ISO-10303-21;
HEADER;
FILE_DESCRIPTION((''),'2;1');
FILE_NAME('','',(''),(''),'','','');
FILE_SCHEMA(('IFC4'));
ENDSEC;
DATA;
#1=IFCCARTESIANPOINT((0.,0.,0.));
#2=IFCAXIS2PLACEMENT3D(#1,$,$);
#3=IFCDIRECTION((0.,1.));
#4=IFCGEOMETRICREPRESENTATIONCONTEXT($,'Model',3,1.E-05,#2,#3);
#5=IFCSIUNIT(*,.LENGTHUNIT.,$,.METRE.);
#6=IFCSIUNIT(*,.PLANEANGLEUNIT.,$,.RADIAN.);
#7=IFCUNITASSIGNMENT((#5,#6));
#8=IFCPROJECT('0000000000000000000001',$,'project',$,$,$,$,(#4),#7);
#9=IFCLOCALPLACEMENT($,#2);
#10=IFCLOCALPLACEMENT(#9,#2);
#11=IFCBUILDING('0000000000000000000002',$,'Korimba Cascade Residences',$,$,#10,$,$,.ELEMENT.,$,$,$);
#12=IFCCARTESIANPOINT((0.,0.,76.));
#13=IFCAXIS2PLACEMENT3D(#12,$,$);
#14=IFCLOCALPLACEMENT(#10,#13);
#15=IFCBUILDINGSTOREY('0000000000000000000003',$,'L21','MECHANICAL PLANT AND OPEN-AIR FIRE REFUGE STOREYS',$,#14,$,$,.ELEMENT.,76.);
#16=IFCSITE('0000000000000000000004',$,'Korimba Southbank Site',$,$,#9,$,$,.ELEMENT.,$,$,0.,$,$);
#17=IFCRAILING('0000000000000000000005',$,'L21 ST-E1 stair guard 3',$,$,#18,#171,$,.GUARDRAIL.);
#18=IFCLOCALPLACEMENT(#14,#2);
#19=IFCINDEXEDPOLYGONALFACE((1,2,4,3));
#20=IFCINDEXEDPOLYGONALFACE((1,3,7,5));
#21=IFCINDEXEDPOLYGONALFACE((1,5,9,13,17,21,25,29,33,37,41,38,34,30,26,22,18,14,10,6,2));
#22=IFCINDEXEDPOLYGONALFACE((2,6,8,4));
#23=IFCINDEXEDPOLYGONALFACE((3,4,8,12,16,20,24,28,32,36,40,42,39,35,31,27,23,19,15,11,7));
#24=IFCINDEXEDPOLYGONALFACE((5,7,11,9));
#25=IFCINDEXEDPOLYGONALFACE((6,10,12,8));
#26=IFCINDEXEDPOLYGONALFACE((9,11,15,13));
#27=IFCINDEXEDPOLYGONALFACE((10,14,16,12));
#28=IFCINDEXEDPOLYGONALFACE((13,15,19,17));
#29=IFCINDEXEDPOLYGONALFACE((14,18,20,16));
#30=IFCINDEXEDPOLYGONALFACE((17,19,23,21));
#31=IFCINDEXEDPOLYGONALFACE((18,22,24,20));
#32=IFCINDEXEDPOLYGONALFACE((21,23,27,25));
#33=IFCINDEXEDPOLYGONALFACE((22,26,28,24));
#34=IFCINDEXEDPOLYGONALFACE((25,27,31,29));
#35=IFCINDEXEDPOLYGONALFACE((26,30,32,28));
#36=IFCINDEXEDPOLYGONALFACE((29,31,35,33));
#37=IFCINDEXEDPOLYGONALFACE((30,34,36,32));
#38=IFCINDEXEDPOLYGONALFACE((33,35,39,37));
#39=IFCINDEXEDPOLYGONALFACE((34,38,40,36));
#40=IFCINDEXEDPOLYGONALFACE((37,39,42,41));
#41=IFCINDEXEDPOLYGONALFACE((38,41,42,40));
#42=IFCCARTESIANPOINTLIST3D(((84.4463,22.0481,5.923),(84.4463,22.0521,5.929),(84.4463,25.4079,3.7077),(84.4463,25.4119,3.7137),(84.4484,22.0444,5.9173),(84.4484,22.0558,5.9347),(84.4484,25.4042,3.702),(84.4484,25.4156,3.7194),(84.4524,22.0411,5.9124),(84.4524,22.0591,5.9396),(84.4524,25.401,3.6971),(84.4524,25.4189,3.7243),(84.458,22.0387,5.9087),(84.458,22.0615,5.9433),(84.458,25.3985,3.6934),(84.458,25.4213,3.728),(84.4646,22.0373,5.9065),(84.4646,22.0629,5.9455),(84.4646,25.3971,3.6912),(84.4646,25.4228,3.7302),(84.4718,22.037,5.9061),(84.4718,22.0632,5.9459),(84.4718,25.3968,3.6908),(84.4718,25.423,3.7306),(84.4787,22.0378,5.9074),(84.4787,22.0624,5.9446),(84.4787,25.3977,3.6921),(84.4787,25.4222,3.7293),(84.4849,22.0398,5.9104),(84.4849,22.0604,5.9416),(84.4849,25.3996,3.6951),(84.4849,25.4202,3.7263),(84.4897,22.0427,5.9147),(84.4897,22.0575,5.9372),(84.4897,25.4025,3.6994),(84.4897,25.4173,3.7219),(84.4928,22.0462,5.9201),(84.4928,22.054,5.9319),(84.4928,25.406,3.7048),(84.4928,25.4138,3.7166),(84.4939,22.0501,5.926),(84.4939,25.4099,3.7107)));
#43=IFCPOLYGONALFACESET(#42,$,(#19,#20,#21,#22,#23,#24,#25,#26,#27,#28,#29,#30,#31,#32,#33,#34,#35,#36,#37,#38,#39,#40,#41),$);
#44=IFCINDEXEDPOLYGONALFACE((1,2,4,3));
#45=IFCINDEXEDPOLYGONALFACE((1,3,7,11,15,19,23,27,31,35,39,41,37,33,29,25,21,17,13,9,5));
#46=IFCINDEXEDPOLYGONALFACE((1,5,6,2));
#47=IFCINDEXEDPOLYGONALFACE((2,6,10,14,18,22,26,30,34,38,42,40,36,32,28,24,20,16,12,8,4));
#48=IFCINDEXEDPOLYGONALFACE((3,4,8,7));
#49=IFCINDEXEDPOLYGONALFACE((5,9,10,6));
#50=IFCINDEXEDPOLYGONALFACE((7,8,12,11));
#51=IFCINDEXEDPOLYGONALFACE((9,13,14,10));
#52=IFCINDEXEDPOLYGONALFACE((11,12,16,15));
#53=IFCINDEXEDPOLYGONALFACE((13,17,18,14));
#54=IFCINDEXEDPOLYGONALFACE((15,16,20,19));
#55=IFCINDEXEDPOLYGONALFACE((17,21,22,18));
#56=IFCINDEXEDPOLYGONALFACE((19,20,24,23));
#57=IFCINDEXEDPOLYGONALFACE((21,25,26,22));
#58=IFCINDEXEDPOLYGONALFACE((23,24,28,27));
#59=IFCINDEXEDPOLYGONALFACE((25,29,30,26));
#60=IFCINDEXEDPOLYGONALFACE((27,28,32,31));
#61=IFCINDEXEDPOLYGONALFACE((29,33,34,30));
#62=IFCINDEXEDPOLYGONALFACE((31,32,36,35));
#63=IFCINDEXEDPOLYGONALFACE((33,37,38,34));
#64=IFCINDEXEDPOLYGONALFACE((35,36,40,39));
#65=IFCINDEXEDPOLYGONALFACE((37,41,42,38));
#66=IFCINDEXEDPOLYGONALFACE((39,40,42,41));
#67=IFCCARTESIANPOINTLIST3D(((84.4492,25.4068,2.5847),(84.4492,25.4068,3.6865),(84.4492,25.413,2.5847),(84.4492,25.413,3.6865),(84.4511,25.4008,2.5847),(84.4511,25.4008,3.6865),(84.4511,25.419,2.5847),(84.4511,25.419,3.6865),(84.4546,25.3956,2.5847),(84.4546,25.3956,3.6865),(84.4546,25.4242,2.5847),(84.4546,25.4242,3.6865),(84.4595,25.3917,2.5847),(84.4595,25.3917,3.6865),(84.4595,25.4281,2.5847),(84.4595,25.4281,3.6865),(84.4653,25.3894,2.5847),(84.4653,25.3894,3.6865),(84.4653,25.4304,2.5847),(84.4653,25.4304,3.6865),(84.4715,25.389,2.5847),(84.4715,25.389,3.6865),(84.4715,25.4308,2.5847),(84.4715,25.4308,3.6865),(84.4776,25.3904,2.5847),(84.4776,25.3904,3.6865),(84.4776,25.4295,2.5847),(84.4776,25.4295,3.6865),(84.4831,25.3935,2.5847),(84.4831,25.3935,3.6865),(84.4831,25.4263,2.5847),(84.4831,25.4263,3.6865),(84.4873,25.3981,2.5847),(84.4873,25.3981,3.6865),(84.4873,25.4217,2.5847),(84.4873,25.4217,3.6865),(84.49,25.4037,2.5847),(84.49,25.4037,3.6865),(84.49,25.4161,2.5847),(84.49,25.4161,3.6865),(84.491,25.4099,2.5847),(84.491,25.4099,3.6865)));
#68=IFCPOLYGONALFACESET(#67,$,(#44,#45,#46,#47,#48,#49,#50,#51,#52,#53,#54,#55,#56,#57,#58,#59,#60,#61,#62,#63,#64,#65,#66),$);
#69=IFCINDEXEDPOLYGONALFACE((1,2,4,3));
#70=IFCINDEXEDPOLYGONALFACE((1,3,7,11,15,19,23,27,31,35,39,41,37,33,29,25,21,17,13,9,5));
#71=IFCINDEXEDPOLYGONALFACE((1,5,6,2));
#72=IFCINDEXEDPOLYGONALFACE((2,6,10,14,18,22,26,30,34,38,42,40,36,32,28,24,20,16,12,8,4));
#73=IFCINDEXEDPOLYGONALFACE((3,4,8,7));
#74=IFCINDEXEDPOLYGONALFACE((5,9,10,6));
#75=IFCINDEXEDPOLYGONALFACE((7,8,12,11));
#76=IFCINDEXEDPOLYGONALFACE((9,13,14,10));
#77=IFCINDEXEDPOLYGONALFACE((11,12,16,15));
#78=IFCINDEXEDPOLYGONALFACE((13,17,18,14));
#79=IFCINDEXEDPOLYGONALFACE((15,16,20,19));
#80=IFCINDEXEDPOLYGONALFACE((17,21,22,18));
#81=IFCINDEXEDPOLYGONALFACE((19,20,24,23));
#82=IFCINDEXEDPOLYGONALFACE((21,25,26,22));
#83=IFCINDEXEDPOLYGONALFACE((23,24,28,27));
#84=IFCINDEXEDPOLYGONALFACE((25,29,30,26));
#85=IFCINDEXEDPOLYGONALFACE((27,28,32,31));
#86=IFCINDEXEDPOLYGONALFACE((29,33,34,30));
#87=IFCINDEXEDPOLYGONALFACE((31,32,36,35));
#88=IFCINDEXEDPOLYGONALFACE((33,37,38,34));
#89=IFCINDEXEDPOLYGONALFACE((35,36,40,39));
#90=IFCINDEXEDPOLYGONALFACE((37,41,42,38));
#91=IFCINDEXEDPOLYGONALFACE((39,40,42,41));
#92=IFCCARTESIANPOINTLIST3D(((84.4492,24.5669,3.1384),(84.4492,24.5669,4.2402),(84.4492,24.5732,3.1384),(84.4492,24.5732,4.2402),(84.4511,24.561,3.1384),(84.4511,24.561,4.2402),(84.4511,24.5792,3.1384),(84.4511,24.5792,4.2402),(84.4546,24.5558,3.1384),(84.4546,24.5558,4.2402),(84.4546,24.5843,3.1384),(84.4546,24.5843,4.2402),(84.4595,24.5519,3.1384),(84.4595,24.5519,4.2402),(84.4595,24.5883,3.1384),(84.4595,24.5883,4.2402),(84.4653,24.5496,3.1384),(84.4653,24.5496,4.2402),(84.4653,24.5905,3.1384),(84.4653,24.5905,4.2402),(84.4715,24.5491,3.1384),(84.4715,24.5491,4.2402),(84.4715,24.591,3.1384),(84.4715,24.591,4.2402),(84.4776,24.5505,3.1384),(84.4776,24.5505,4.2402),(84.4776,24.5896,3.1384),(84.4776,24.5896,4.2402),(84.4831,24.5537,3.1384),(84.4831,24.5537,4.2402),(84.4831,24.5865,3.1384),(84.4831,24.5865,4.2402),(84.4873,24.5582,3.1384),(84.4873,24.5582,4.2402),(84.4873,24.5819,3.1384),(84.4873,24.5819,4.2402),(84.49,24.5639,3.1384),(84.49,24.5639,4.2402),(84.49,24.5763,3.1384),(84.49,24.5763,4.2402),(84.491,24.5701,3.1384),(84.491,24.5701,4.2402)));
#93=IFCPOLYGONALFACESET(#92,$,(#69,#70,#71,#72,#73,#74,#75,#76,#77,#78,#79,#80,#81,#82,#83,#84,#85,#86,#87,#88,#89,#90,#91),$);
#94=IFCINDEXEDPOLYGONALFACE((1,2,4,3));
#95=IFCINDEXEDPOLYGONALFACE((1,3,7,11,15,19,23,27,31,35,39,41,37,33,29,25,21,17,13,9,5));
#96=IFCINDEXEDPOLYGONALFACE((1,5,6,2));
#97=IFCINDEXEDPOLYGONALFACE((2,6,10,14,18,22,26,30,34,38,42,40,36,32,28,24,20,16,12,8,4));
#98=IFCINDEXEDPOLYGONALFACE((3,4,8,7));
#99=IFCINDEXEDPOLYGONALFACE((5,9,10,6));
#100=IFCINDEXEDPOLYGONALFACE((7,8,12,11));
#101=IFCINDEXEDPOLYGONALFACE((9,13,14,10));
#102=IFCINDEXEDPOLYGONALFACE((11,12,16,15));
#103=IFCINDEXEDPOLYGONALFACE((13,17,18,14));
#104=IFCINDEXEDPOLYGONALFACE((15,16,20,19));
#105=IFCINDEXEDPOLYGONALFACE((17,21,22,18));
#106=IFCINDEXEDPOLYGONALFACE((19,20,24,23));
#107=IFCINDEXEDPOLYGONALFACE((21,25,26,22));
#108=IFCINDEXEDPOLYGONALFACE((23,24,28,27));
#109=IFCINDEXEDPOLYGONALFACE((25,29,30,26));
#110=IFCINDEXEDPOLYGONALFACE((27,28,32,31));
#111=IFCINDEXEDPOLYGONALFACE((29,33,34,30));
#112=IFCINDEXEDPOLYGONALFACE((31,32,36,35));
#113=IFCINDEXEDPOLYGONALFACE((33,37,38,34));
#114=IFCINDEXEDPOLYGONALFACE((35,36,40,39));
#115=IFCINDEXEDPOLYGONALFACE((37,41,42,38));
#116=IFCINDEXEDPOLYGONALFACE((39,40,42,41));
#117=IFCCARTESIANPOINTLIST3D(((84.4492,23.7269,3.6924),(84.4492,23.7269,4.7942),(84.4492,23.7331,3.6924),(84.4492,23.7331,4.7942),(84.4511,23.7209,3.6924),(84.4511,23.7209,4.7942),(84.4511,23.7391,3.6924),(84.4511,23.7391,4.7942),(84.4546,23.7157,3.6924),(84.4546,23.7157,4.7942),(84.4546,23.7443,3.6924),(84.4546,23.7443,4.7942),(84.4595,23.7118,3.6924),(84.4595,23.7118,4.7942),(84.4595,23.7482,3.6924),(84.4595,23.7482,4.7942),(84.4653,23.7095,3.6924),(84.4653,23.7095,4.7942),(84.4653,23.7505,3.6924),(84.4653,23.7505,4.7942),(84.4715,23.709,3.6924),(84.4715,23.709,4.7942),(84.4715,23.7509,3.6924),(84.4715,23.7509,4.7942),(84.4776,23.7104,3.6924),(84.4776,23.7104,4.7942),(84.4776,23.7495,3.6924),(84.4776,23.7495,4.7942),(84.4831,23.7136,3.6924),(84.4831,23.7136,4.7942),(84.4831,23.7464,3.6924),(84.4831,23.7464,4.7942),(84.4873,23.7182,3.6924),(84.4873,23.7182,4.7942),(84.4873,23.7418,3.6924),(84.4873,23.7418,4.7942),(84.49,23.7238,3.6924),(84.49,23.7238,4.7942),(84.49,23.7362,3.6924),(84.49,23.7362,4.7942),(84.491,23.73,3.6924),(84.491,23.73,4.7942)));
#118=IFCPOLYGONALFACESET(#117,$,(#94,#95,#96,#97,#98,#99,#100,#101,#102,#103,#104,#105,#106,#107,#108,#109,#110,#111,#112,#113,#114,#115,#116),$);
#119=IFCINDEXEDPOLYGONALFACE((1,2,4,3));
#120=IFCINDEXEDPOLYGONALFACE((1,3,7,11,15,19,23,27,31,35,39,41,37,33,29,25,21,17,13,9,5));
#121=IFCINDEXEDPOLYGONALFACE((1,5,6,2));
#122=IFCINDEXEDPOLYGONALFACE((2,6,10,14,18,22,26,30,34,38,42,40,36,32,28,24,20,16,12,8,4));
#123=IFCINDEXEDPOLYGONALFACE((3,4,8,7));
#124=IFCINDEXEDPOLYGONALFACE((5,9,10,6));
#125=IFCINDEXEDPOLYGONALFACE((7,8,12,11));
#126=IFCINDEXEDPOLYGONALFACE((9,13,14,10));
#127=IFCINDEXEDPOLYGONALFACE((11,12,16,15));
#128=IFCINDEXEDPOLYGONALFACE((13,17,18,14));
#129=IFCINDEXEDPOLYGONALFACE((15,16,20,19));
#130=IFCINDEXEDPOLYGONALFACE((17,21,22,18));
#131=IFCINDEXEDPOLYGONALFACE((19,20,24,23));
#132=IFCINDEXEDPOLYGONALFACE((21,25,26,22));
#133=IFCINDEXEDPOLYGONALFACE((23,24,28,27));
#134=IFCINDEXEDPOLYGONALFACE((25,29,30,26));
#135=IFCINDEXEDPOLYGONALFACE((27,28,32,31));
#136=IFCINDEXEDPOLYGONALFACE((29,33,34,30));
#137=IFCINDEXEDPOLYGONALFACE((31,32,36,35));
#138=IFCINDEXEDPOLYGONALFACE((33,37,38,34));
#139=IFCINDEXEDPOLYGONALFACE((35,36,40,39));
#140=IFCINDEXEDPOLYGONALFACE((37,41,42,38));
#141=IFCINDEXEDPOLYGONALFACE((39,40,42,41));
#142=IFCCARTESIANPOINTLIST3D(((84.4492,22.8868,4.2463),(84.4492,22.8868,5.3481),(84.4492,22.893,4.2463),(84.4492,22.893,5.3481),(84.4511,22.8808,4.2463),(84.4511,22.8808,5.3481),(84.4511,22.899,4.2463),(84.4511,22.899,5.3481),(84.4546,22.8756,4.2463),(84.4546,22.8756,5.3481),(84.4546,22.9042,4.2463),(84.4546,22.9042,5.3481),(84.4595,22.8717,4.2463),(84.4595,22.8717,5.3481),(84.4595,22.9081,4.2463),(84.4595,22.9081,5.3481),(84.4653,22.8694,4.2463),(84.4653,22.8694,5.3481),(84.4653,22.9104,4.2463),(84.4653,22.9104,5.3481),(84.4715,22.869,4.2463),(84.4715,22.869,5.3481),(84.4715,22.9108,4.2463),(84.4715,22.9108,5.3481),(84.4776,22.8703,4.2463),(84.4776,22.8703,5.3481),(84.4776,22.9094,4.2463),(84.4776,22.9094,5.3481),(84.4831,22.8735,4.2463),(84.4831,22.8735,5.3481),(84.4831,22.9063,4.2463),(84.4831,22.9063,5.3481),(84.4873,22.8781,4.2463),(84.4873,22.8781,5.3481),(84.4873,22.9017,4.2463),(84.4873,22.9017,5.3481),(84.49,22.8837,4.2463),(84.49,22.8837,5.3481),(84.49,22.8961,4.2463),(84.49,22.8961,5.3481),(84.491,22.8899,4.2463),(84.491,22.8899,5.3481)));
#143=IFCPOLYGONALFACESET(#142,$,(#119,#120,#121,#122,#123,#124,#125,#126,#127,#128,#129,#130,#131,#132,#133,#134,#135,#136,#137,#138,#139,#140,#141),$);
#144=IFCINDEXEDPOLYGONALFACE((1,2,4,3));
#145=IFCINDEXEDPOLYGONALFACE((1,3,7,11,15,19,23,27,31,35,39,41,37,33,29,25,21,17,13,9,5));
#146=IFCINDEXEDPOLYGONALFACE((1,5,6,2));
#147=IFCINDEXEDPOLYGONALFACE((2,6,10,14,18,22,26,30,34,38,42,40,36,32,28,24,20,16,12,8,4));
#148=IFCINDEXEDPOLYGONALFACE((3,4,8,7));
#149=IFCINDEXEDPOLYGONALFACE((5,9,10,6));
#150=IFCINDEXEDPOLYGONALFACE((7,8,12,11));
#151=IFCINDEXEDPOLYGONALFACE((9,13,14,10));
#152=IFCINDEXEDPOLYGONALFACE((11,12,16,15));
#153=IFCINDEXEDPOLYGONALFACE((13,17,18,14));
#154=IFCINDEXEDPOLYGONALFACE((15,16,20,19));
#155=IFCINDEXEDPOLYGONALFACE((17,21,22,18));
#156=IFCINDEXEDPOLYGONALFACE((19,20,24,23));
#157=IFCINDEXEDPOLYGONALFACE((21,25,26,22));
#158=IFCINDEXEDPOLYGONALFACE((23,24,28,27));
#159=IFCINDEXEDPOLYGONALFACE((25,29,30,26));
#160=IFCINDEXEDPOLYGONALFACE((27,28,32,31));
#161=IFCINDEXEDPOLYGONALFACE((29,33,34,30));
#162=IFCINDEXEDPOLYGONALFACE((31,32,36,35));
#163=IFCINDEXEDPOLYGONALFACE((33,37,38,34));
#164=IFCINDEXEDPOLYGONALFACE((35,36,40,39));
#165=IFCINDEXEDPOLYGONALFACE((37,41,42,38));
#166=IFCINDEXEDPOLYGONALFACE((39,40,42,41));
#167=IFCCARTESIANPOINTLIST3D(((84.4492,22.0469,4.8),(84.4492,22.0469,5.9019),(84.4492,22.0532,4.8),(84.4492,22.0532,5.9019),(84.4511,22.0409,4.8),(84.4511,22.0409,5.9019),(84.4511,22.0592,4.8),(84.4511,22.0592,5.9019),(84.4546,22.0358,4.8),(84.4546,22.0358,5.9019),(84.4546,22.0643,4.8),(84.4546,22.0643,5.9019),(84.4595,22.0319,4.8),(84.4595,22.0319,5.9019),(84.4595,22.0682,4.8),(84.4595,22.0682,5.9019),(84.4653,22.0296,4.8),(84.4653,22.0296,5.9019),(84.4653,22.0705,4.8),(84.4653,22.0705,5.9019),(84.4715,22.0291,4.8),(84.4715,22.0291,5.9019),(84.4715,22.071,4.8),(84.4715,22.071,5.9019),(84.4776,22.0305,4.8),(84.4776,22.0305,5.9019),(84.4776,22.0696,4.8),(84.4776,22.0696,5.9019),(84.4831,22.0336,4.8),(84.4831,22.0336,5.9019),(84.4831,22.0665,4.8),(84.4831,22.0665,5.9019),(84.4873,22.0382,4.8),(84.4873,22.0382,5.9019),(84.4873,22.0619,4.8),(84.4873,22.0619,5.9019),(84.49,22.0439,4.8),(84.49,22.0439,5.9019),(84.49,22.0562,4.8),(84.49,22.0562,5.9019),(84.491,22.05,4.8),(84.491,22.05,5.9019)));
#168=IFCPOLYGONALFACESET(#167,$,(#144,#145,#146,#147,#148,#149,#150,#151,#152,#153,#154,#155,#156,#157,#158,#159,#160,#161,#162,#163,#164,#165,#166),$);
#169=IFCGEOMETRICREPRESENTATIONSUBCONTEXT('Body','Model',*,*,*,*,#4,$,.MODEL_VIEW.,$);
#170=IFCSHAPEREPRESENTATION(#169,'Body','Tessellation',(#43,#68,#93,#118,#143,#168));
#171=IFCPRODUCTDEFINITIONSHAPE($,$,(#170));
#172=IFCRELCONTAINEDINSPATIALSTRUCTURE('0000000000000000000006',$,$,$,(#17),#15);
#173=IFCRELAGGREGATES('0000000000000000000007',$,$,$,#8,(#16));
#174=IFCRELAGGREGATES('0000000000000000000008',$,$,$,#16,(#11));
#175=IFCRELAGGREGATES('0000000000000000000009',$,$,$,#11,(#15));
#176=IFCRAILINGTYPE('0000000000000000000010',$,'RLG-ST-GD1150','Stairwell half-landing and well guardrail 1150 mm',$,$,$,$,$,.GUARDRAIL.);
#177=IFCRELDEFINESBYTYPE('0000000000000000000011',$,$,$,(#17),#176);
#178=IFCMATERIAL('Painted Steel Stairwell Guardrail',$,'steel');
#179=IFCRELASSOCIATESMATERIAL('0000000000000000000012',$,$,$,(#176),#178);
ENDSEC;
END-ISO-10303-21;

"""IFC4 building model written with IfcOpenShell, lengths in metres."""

from ifc_helpers import new_model, si_unit, direction, frame, origin, origin_2d, place, context, subcontext, project, spatial, circle, extrude, material, type_object, element, save


model = new_model("IFC4")

# Units and contexts
model_context = context("Model", 3, precision=1e-05, world=origin(), true_north=direction((0.0, 1.0)))
body_context = subcontext(model_context, "Body", "Model", "MODEL_VIEW")
ifc_project = project(units=[si_unit("LENGTHUNIT", "METRE"), si_unit("PLANEANGLEUNIT", "RADIAN")], contexts=[model_context])

# Site, building, storey
site_placement = place(None, origin())
site = spatial("IfcSite", under=ifc_project, at=site_placement, Name="Korimba Southbank Site", CompositionType="ELEMENT", RefElevation=0.0)
building_placement = place(site_placement, origin())
building = spatial("IfcBuilding", under=site, at=building_placement, Name="Korimba Cascade Residences", CompositionType="ELEMENT")
storey_placement = place(building_placement, frame((0.0, 0.0, 76.0)))
storey = spatial("IfcBuildingStorey", under=building, at=storey_placement, Name="L21", Description="MECHANICAL PLANT AND OPEN-AIR FIRE REFUGE STOREYS", CompositionType="ELEMENT", Elevation=76.0)

# Railing
ifc_material_1 = material(Name="Painted Steel Stairwell Guardrail", Category="steel")
railing_type_1 = type_object("IfcRailingType", Name="RLG-ST-GD1150", Description="Stairwell half-landing and well guardrail 1150 mm", PredefinedType="GUARDRAIL", material=ifc_material_1)
railing_1_placement = place(storey_placement, frame((84.47, 25.4099, 2.5847)))
element("IfcRailing", 1, at=railing_1_placement, inside=storey, type_object=railing_type_1, Name="L21 ST-E1 stair guard 3", PredefinedType="GUARDRAIL", context=body_context, shape_type="SweptSolid", body=[
    extrude(circle(Radius=0.0239, at=origin_2d()), frame((0.0, 0.0, 1.126), z_axis=(0.0, -0.834858, 0.550465), x_axis=(1.0, 0.0, 0.0)), (0.0, 0.0, 1.0), 4.0244),
    extrude(circle(Radius=0.021, at=origin_2d()), origin(), (0.0, 0.0, 1.0), 1.1018),
    extrude(circle(Radius=0.021, at=origin_2d()), frame((0.0, -0.8398, 0.5537)), (0.0, 0.0, 1.0), 1.1018),
    extrude(circle(Radius=0.021, at=origin_2d()), frame((0.0, -1.6799, 1.1077)), (0.0, 0.0, 1.0), 1.1018),
    extrude(circle(Radius=0.021, at=origin_2d()), frame((0.0, -2.52, 1.6616)), (0.0, 0.0, 1.0), 1.1018),
    extrude(circle(Radius=0.021, at=origin_2d()), frame((0.0, -3.3599, 2.2153)), (0.0, 0.0, 1.0), 1.1018),
])

save(model, "model.ifc")
